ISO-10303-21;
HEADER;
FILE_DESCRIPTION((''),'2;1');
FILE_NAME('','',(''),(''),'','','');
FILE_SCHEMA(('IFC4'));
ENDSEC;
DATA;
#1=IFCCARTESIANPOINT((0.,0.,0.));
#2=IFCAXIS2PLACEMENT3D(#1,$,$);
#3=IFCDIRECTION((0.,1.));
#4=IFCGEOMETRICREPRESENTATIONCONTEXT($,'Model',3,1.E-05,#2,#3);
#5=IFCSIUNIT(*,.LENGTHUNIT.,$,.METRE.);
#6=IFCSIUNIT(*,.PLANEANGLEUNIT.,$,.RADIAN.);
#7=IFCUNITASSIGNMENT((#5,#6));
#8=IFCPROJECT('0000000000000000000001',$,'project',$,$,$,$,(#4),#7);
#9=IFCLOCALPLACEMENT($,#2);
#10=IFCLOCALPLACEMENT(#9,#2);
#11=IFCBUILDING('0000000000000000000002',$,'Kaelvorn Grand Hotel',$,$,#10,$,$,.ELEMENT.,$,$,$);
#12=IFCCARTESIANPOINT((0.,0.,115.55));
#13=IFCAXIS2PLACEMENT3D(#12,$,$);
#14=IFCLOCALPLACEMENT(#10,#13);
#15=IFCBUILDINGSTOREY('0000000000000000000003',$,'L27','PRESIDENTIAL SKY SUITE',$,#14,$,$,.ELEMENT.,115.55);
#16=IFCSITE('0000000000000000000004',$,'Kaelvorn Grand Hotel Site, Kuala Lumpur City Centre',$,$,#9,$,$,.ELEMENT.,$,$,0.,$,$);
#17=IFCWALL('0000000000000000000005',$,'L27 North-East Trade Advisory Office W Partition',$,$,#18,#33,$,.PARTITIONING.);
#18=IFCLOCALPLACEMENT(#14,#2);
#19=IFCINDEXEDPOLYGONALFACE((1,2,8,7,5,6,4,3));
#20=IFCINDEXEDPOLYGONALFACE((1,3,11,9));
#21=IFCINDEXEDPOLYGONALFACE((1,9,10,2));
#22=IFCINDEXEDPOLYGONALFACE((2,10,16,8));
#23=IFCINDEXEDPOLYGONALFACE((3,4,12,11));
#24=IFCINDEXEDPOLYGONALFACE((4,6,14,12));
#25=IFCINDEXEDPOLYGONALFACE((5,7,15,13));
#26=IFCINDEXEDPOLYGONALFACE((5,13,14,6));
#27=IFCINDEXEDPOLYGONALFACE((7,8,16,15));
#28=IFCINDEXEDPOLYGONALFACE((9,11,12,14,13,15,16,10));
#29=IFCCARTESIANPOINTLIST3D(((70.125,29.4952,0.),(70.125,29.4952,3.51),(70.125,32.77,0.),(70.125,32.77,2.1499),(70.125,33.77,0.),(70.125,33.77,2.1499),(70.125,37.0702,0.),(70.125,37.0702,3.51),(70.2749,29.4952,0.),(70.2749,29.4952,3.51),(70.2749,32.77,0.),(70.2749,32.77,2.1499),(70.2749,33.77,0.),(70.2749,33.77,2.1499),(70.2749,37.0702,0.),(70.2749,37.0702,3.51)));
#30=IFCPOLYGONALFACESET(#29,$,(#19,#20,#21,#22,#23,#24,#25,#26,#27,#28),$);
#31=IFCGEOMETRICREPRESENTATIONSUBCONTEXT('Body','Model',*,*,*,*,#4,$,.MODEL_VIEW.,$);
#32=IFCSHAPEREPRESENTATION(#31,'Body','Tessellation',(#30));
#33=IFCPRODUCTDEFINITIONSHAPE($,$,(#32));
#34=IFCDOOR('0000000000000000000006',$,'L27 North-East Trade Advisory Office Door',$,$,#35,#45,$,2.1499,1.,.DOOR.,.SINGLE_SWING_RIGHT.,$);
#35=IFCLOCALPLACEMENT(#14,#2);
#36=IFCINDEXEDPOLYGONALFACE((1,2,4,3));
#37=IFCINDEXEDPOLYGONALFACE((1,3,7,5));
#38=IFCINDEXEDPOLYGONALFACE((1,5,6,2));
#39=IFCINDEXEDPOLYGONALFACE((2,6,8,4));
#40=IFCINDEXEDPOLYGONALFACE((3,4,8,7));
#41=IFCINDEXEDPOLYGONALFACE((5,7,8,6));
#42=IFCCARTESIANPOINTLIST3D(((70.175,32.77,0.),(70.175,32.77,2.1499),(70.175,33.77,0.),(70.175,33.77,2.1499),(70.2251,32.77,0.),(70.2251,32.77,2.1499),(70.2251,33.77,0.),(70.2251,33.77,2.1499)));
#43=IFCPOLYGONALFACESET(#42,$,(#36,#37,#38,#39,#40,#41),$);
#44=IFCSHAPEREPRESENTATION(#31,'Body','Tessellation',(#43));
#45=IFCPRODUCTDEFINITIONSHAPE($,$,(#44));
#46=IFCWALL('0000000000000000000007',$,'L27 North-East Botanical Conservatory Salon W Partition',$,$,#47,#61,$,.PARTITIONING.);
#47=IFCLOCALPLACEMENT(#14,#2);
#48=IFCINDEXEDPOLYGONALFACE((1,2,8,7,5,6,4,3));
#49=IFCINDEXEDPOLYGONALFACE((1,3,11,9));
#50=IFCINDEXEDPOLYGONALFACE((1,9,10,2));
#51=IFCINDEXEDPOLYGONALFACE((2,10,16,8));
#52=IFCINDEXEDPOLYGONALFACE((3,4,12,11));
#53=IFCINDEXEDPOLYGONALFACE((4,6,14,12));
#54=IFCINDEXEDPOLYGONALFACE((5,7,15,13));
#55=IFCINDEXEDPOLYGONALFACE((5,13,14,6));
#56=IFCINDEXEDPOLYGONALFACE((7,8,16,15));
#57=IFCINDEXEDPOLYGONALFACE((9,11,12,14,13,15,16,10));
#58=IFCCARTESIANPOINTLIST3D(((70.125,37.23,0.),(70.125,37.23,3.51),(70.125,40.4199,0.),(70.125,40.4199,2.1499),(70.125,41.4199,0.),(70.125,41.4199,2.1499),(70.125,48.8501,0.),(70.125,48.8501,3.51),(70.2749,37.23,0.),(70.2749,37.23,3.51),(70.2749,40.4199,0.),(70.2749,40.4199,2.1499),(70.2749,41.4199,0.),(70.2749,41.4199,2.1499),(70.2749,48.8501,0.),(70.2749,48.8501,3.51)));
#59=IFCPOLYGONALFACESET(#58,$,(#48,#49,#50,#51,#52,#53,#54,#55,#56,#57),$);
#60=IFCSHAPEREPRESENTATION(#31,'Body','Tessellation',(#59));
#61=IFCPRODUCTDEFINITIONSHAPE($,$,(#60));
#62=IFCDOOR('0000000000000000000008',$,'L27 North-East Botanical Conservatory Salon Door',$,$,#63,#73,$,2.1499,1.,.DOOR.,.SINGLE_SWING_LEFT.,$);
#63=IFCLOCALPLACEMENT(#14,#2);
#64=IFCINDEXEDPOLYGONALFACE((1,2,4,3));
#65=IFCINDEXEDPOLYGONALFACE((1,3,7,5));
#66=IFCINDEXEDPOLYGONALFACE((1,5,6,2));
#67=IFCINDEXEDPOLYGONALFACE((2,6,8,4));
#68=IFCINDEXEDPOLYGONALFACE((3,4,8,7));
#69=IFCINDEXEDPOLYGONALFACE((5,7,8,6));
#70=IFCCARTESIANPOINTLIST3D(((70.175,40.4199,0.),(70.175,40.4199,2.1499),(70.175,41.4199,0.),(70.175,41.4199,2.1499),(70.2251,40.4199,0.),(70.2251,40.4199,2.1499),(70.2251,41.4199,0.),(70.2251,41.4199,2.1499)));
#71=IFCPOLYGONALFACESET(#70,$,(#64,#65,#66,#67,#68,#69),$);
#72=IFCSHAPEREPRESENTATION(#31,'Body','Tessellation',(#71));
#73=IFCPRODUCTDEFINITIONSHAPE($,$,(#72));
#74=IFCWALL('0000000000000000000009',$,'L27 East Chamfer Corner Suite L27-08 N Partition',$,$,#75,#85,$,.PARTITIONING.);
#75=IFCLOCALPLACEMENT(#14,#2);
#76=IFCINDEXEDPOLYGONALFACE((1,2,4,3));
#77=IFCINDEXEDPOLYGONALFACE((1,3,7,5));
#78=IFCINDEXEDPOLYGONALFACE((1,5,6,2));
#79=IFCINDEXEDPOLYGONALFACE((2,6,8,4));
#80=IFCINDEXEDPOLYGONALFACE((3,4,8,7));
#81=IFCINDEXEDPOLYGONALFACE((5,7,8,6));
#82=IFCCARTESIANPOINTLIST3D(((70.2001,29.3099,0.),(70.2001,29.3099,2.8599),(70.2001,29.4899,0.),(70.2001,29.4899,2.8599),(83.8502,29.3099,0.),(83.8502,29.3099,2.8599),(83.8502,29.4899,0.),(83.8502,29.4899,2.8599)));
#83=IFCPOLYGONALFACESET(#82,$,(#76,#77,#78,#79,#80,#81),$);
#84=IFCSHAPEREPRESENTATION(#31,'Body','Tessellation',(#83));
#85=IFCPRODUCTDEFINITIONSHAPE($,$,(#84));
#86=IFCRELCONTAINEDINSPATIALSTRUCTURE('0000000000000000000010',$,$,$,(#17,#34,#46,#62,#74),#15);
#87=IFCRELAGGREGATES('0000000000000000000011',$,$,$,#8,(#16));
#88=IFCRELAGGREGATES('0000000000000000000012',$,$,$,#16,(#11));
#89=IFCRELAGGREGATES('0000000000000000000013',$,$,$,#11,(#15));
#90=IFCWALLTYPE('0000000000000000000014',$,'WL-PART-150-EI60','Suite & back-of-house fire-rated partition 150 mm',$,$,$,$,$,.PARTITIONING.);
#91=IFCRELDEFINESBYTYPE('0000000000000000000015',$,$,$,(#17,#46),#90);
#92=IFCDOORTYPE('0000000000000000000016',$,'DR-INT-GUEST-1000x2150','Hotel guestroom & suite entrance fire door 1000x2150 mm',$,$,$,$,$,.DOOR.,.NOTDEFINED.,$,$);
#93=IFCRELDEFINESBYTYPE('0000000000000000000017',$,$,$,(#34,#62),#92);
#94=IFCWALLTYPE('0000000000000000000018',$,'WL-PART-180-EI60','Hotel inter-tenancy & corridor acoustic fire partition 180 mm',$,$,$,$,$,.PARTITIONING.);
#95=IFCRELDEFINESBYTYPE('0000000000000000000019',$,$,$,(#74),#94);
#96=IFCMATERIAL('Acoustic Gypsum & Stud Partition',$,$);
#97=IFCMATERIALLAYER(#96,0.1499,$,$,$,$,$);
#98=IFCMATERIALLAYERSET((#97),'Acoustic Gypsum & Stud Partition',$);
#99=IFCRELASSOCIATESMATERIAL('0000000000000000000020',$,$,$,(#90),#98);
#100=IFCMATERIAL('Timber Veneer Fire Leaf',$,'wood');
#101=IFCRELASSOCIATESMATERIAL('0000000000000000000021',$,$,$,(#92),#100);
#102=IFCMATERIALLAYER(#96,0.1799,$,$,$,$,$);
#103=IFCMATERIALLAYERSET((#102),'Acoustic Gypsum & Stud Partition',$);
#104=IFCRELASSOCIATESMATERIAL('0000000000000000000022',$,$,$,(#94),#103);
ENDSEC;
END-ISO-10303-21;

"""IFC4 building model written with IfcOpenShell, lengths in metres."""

from ifc_helpers import new_model, si_unit, direction, frame, frame_2d, origin, place, context, subcontext, project, spatial, rectangle, extrude, material, layer, layer_set, type_object, element, fill, save


model = new_model("IFC4")

# Units and contexts
model_context = context("Model", 3, precision=1e-05, world=origin(), true_north=direction((0.0, 1.0)))
body_context = subcontext(model_context, "Body", "Model", "MODEL_VIEW")
ifc_project = project(units=[si_unit("LENGTHUNIT", "METRE"), si_unit("PLANEANGLEUNIT", "RADIAN")], contexts=[model_context])

# Site, building, storey
site_placement = place(None, origin())
site = spatial("IfcSite", under=ifc_project, at=site_placement, Name="Kaelvorn Grand Hotel Site, Kuala Lumpur City Centre", CompositionType="ELEMENT", RefElevation=0.0)
building_placement = place(site_placement, origin())
building = spatial("IfcBuilding", under=site, at=building_placement, Name="Kaelvorn Grand Hotel", CompositionType="ELEMENT")
storey_placement = place(building_placement, frame((0.0, 0.0, 115.55)))
storey = spatial("IfcBuildingStorey", under=building, at=storey_placement, Name="L27", Description="PRESIDENTIAL SKY SUITE", CompositionType="ELEMENT", Elevation=115.55)

# Shared definitions
ifc_material_1 = material(Name="Acoustic Gypsum & Stud Partition")
ifc_layer_1 = layer(ifc_material_1, 0.1499)
ifc_layer_set_1 = layer_set([ifc_layer_1], Name="Acoustic Gypsum & Stud Partition")
wall_type_1 = type_object("IfcWallType", Name="WL-PART-150-EI60", Description="Suite & back-of-house fire-rated partition 150 mm", PredefinedType="PARTITIONING", material=ifc_layer_set_1)

# Walls, openings, doors
wall_1_placement = place(storey_placement, frame((70.2, 29.4951, 0.0), z_axis=(0.0, 0.0, 1.0), x_axis=(0.0, 1.0, 0.0)))
wall_1 = element("IfcWall", 1, at=wall_1_placement, inside=storey, type_object=wall_type_1, Name="L27 North-East Trade Advisory Office W Partition", PredefinedType="PARTITIONING", context=body_context, shape_type="SweptSolid", body=[
    extrude(rectangle(XDim=7.575, YDim=0.1499, at=frame_2d((3.7876, 0.0))), origin(), (0.0, 0.0, 1.0), 3.51),
])
opening_1_placement = place(wall_1_placement, frame((3.2749, 0.0, 0.0)))
opening_1 = element("IfcOpeningElement", 2, at=opening_1_placement, cuts=wall_1, PredefinedType="OPENING", context=body_context, shape_type="SweptSolid", body=[
    extrude(rectangle(XDim=1.0, YDim=2.1499, at=frame_2d((0.5, 1.075))), frame((0.0, 0.085, 0.0), z_axis=(0.0, -1.0, 0.0), x_axis=(1.0, 0.0, 0.0)), (0.0, 0.0, 1.0), 0.1699),
])
ifc_material_2 = material(Name="Timber Veneer Fire Leaf", Category="wood")
door_type = type_object("IfcDoorType", Name="DR-INT-GUEST-1000x2150", Description="Hotel guestroom & suite entrance fire door 1000x2150 mm", OperationType="NOTDEFINED", PredefinedType="DOOR", material=ifc_material_2)
door_1_placement = place(opening_1_placement, origin())
door_1 = element("IfcDoor", 3, at=door_1_placement, inside=storey, type_object=door_type, Name="L27 North-East Trade Advisory Office Door", OperationType="SINGLE_SWING_RIGHT", OverallHeight=2.1499, OverallWidth=1.0, PredefinedType="DOOR", context=body_context, shape_type="SweptSolid", body=[
    extrude(rectangle(XDim=1.0, YDim=2.1499, at=frame_2d((0.5, 1.075))), frame((0.0, 0.0249, 0.0), z_axis=(0.0, -1.0, 0.0), x_axis=(1.0, 0.0, 0.0)), (0.0, 0.0, 1.0), 0.05),
])
fill(opening_1, door_1)
wall_2_placement = place(storey_placement, frame((70.2, 37.23, 0.0), z_axis=(0.0, 0.0, 1.0), x_axis=(0.0, 1.0, 0.0)))
wall_2 = element("IfcWall", 4, at=wall_2_placement, inside=storey, type_object=wall_type_1, Name="L27 North-East Botanical Conservatory Salon W Partition", PredefinedType="PARTITIONING", context=body_context, shape_type="SweptSolid", body=[
    extrude(rectangle(XDim=11.6201, YDim=0.1499, at=frame_2d((5.8101, 0.0))), origin(), (0.0, 0.0, 1.0), 3.51),
])
opening_2_placement = place(wall_2_placement, frame((3.1899, 0.0, 0.0)))
opening_2 = element("IfcOpeningElement", 5, at=opening_2_placement, cuts=wall_2, PredefinedType="OPENING", context=body_context, shape_type="SweptSolid", body=[
    extrude(rectangle(XDim=1.0, YDim=2.1499, at=frame_2d((0.5, 1.075))), frame((0.0, 0.085, 0.0), z_axis=(0.0, -1.0, 0.0), x_axis=(1.0, 0.0, 0.0)), (0.0, 0.0, 1.0), 0.1699),
])
door_2_placement = place(opening_2_placement, origin())
door_2 = element("IfcDoor", 6, at=door_2_placement, inside=storey, type_object=door_type, Name="L27 North-East Botanical Conservatory Salon Door", OperationType="SINGLE_SWING_LEFT", OverallHeight=2.1499, OverallWidth=1.0, PredefinedType="DOOR", context=body_context, shape_type="SweptSolid", body=[
    extrude(rectangle(XDim=1.0, YDim=2.1499, at=frame_2d((0.5, 1.075))), frame((0.0, 0.0249, 0.0), z_axis=(0.0, -1.0, 0.0), x_axis=(1.0, 0.0, 0.0)), (0.0, 0.0, 1.0), 0.05),
])
fill(opening_2, door_2)

# Wall
ifc_layer_2 = layer(ifc_material_1, 0.1799)
ifc_layer_set_2 = layer_set([ifc_layer_2], Name="Acoustic Gypsum & Stud Partition")
wall_type_2 = type_object("IfcWallType", Name="WL-PART-180-EI60", Description="Hotel inter-tenancy & corridor acoustic fire partition 180 mm", PredefinedType="PARTITIONING", material=ifc_layer_set_2)
wall_3_placement = place(storey_placement, frame((70.2, 29.3999, 0.0), z_axis=(0.0, 0.0, 1.0), x_axis=(1.0, 0.0, 0.0)))
element("IfcWall", 7, at=wall_3_placement, inside=storey, type_object=wall_type_2, Name="L27 East Chamfer Corner Suite L27-08 N Partition", PredefinedType="PARTITIONING", context=body_context, shape_type="SweptSolid", body=[
    extrude(rectangle(XDim=13.6501, YDim=0.1799, at=frame_2d((6.8252, 0.0))), origin(), (0.0, 0.0, 1.0), 2.8599),
])

save(model, "model.ifc")
